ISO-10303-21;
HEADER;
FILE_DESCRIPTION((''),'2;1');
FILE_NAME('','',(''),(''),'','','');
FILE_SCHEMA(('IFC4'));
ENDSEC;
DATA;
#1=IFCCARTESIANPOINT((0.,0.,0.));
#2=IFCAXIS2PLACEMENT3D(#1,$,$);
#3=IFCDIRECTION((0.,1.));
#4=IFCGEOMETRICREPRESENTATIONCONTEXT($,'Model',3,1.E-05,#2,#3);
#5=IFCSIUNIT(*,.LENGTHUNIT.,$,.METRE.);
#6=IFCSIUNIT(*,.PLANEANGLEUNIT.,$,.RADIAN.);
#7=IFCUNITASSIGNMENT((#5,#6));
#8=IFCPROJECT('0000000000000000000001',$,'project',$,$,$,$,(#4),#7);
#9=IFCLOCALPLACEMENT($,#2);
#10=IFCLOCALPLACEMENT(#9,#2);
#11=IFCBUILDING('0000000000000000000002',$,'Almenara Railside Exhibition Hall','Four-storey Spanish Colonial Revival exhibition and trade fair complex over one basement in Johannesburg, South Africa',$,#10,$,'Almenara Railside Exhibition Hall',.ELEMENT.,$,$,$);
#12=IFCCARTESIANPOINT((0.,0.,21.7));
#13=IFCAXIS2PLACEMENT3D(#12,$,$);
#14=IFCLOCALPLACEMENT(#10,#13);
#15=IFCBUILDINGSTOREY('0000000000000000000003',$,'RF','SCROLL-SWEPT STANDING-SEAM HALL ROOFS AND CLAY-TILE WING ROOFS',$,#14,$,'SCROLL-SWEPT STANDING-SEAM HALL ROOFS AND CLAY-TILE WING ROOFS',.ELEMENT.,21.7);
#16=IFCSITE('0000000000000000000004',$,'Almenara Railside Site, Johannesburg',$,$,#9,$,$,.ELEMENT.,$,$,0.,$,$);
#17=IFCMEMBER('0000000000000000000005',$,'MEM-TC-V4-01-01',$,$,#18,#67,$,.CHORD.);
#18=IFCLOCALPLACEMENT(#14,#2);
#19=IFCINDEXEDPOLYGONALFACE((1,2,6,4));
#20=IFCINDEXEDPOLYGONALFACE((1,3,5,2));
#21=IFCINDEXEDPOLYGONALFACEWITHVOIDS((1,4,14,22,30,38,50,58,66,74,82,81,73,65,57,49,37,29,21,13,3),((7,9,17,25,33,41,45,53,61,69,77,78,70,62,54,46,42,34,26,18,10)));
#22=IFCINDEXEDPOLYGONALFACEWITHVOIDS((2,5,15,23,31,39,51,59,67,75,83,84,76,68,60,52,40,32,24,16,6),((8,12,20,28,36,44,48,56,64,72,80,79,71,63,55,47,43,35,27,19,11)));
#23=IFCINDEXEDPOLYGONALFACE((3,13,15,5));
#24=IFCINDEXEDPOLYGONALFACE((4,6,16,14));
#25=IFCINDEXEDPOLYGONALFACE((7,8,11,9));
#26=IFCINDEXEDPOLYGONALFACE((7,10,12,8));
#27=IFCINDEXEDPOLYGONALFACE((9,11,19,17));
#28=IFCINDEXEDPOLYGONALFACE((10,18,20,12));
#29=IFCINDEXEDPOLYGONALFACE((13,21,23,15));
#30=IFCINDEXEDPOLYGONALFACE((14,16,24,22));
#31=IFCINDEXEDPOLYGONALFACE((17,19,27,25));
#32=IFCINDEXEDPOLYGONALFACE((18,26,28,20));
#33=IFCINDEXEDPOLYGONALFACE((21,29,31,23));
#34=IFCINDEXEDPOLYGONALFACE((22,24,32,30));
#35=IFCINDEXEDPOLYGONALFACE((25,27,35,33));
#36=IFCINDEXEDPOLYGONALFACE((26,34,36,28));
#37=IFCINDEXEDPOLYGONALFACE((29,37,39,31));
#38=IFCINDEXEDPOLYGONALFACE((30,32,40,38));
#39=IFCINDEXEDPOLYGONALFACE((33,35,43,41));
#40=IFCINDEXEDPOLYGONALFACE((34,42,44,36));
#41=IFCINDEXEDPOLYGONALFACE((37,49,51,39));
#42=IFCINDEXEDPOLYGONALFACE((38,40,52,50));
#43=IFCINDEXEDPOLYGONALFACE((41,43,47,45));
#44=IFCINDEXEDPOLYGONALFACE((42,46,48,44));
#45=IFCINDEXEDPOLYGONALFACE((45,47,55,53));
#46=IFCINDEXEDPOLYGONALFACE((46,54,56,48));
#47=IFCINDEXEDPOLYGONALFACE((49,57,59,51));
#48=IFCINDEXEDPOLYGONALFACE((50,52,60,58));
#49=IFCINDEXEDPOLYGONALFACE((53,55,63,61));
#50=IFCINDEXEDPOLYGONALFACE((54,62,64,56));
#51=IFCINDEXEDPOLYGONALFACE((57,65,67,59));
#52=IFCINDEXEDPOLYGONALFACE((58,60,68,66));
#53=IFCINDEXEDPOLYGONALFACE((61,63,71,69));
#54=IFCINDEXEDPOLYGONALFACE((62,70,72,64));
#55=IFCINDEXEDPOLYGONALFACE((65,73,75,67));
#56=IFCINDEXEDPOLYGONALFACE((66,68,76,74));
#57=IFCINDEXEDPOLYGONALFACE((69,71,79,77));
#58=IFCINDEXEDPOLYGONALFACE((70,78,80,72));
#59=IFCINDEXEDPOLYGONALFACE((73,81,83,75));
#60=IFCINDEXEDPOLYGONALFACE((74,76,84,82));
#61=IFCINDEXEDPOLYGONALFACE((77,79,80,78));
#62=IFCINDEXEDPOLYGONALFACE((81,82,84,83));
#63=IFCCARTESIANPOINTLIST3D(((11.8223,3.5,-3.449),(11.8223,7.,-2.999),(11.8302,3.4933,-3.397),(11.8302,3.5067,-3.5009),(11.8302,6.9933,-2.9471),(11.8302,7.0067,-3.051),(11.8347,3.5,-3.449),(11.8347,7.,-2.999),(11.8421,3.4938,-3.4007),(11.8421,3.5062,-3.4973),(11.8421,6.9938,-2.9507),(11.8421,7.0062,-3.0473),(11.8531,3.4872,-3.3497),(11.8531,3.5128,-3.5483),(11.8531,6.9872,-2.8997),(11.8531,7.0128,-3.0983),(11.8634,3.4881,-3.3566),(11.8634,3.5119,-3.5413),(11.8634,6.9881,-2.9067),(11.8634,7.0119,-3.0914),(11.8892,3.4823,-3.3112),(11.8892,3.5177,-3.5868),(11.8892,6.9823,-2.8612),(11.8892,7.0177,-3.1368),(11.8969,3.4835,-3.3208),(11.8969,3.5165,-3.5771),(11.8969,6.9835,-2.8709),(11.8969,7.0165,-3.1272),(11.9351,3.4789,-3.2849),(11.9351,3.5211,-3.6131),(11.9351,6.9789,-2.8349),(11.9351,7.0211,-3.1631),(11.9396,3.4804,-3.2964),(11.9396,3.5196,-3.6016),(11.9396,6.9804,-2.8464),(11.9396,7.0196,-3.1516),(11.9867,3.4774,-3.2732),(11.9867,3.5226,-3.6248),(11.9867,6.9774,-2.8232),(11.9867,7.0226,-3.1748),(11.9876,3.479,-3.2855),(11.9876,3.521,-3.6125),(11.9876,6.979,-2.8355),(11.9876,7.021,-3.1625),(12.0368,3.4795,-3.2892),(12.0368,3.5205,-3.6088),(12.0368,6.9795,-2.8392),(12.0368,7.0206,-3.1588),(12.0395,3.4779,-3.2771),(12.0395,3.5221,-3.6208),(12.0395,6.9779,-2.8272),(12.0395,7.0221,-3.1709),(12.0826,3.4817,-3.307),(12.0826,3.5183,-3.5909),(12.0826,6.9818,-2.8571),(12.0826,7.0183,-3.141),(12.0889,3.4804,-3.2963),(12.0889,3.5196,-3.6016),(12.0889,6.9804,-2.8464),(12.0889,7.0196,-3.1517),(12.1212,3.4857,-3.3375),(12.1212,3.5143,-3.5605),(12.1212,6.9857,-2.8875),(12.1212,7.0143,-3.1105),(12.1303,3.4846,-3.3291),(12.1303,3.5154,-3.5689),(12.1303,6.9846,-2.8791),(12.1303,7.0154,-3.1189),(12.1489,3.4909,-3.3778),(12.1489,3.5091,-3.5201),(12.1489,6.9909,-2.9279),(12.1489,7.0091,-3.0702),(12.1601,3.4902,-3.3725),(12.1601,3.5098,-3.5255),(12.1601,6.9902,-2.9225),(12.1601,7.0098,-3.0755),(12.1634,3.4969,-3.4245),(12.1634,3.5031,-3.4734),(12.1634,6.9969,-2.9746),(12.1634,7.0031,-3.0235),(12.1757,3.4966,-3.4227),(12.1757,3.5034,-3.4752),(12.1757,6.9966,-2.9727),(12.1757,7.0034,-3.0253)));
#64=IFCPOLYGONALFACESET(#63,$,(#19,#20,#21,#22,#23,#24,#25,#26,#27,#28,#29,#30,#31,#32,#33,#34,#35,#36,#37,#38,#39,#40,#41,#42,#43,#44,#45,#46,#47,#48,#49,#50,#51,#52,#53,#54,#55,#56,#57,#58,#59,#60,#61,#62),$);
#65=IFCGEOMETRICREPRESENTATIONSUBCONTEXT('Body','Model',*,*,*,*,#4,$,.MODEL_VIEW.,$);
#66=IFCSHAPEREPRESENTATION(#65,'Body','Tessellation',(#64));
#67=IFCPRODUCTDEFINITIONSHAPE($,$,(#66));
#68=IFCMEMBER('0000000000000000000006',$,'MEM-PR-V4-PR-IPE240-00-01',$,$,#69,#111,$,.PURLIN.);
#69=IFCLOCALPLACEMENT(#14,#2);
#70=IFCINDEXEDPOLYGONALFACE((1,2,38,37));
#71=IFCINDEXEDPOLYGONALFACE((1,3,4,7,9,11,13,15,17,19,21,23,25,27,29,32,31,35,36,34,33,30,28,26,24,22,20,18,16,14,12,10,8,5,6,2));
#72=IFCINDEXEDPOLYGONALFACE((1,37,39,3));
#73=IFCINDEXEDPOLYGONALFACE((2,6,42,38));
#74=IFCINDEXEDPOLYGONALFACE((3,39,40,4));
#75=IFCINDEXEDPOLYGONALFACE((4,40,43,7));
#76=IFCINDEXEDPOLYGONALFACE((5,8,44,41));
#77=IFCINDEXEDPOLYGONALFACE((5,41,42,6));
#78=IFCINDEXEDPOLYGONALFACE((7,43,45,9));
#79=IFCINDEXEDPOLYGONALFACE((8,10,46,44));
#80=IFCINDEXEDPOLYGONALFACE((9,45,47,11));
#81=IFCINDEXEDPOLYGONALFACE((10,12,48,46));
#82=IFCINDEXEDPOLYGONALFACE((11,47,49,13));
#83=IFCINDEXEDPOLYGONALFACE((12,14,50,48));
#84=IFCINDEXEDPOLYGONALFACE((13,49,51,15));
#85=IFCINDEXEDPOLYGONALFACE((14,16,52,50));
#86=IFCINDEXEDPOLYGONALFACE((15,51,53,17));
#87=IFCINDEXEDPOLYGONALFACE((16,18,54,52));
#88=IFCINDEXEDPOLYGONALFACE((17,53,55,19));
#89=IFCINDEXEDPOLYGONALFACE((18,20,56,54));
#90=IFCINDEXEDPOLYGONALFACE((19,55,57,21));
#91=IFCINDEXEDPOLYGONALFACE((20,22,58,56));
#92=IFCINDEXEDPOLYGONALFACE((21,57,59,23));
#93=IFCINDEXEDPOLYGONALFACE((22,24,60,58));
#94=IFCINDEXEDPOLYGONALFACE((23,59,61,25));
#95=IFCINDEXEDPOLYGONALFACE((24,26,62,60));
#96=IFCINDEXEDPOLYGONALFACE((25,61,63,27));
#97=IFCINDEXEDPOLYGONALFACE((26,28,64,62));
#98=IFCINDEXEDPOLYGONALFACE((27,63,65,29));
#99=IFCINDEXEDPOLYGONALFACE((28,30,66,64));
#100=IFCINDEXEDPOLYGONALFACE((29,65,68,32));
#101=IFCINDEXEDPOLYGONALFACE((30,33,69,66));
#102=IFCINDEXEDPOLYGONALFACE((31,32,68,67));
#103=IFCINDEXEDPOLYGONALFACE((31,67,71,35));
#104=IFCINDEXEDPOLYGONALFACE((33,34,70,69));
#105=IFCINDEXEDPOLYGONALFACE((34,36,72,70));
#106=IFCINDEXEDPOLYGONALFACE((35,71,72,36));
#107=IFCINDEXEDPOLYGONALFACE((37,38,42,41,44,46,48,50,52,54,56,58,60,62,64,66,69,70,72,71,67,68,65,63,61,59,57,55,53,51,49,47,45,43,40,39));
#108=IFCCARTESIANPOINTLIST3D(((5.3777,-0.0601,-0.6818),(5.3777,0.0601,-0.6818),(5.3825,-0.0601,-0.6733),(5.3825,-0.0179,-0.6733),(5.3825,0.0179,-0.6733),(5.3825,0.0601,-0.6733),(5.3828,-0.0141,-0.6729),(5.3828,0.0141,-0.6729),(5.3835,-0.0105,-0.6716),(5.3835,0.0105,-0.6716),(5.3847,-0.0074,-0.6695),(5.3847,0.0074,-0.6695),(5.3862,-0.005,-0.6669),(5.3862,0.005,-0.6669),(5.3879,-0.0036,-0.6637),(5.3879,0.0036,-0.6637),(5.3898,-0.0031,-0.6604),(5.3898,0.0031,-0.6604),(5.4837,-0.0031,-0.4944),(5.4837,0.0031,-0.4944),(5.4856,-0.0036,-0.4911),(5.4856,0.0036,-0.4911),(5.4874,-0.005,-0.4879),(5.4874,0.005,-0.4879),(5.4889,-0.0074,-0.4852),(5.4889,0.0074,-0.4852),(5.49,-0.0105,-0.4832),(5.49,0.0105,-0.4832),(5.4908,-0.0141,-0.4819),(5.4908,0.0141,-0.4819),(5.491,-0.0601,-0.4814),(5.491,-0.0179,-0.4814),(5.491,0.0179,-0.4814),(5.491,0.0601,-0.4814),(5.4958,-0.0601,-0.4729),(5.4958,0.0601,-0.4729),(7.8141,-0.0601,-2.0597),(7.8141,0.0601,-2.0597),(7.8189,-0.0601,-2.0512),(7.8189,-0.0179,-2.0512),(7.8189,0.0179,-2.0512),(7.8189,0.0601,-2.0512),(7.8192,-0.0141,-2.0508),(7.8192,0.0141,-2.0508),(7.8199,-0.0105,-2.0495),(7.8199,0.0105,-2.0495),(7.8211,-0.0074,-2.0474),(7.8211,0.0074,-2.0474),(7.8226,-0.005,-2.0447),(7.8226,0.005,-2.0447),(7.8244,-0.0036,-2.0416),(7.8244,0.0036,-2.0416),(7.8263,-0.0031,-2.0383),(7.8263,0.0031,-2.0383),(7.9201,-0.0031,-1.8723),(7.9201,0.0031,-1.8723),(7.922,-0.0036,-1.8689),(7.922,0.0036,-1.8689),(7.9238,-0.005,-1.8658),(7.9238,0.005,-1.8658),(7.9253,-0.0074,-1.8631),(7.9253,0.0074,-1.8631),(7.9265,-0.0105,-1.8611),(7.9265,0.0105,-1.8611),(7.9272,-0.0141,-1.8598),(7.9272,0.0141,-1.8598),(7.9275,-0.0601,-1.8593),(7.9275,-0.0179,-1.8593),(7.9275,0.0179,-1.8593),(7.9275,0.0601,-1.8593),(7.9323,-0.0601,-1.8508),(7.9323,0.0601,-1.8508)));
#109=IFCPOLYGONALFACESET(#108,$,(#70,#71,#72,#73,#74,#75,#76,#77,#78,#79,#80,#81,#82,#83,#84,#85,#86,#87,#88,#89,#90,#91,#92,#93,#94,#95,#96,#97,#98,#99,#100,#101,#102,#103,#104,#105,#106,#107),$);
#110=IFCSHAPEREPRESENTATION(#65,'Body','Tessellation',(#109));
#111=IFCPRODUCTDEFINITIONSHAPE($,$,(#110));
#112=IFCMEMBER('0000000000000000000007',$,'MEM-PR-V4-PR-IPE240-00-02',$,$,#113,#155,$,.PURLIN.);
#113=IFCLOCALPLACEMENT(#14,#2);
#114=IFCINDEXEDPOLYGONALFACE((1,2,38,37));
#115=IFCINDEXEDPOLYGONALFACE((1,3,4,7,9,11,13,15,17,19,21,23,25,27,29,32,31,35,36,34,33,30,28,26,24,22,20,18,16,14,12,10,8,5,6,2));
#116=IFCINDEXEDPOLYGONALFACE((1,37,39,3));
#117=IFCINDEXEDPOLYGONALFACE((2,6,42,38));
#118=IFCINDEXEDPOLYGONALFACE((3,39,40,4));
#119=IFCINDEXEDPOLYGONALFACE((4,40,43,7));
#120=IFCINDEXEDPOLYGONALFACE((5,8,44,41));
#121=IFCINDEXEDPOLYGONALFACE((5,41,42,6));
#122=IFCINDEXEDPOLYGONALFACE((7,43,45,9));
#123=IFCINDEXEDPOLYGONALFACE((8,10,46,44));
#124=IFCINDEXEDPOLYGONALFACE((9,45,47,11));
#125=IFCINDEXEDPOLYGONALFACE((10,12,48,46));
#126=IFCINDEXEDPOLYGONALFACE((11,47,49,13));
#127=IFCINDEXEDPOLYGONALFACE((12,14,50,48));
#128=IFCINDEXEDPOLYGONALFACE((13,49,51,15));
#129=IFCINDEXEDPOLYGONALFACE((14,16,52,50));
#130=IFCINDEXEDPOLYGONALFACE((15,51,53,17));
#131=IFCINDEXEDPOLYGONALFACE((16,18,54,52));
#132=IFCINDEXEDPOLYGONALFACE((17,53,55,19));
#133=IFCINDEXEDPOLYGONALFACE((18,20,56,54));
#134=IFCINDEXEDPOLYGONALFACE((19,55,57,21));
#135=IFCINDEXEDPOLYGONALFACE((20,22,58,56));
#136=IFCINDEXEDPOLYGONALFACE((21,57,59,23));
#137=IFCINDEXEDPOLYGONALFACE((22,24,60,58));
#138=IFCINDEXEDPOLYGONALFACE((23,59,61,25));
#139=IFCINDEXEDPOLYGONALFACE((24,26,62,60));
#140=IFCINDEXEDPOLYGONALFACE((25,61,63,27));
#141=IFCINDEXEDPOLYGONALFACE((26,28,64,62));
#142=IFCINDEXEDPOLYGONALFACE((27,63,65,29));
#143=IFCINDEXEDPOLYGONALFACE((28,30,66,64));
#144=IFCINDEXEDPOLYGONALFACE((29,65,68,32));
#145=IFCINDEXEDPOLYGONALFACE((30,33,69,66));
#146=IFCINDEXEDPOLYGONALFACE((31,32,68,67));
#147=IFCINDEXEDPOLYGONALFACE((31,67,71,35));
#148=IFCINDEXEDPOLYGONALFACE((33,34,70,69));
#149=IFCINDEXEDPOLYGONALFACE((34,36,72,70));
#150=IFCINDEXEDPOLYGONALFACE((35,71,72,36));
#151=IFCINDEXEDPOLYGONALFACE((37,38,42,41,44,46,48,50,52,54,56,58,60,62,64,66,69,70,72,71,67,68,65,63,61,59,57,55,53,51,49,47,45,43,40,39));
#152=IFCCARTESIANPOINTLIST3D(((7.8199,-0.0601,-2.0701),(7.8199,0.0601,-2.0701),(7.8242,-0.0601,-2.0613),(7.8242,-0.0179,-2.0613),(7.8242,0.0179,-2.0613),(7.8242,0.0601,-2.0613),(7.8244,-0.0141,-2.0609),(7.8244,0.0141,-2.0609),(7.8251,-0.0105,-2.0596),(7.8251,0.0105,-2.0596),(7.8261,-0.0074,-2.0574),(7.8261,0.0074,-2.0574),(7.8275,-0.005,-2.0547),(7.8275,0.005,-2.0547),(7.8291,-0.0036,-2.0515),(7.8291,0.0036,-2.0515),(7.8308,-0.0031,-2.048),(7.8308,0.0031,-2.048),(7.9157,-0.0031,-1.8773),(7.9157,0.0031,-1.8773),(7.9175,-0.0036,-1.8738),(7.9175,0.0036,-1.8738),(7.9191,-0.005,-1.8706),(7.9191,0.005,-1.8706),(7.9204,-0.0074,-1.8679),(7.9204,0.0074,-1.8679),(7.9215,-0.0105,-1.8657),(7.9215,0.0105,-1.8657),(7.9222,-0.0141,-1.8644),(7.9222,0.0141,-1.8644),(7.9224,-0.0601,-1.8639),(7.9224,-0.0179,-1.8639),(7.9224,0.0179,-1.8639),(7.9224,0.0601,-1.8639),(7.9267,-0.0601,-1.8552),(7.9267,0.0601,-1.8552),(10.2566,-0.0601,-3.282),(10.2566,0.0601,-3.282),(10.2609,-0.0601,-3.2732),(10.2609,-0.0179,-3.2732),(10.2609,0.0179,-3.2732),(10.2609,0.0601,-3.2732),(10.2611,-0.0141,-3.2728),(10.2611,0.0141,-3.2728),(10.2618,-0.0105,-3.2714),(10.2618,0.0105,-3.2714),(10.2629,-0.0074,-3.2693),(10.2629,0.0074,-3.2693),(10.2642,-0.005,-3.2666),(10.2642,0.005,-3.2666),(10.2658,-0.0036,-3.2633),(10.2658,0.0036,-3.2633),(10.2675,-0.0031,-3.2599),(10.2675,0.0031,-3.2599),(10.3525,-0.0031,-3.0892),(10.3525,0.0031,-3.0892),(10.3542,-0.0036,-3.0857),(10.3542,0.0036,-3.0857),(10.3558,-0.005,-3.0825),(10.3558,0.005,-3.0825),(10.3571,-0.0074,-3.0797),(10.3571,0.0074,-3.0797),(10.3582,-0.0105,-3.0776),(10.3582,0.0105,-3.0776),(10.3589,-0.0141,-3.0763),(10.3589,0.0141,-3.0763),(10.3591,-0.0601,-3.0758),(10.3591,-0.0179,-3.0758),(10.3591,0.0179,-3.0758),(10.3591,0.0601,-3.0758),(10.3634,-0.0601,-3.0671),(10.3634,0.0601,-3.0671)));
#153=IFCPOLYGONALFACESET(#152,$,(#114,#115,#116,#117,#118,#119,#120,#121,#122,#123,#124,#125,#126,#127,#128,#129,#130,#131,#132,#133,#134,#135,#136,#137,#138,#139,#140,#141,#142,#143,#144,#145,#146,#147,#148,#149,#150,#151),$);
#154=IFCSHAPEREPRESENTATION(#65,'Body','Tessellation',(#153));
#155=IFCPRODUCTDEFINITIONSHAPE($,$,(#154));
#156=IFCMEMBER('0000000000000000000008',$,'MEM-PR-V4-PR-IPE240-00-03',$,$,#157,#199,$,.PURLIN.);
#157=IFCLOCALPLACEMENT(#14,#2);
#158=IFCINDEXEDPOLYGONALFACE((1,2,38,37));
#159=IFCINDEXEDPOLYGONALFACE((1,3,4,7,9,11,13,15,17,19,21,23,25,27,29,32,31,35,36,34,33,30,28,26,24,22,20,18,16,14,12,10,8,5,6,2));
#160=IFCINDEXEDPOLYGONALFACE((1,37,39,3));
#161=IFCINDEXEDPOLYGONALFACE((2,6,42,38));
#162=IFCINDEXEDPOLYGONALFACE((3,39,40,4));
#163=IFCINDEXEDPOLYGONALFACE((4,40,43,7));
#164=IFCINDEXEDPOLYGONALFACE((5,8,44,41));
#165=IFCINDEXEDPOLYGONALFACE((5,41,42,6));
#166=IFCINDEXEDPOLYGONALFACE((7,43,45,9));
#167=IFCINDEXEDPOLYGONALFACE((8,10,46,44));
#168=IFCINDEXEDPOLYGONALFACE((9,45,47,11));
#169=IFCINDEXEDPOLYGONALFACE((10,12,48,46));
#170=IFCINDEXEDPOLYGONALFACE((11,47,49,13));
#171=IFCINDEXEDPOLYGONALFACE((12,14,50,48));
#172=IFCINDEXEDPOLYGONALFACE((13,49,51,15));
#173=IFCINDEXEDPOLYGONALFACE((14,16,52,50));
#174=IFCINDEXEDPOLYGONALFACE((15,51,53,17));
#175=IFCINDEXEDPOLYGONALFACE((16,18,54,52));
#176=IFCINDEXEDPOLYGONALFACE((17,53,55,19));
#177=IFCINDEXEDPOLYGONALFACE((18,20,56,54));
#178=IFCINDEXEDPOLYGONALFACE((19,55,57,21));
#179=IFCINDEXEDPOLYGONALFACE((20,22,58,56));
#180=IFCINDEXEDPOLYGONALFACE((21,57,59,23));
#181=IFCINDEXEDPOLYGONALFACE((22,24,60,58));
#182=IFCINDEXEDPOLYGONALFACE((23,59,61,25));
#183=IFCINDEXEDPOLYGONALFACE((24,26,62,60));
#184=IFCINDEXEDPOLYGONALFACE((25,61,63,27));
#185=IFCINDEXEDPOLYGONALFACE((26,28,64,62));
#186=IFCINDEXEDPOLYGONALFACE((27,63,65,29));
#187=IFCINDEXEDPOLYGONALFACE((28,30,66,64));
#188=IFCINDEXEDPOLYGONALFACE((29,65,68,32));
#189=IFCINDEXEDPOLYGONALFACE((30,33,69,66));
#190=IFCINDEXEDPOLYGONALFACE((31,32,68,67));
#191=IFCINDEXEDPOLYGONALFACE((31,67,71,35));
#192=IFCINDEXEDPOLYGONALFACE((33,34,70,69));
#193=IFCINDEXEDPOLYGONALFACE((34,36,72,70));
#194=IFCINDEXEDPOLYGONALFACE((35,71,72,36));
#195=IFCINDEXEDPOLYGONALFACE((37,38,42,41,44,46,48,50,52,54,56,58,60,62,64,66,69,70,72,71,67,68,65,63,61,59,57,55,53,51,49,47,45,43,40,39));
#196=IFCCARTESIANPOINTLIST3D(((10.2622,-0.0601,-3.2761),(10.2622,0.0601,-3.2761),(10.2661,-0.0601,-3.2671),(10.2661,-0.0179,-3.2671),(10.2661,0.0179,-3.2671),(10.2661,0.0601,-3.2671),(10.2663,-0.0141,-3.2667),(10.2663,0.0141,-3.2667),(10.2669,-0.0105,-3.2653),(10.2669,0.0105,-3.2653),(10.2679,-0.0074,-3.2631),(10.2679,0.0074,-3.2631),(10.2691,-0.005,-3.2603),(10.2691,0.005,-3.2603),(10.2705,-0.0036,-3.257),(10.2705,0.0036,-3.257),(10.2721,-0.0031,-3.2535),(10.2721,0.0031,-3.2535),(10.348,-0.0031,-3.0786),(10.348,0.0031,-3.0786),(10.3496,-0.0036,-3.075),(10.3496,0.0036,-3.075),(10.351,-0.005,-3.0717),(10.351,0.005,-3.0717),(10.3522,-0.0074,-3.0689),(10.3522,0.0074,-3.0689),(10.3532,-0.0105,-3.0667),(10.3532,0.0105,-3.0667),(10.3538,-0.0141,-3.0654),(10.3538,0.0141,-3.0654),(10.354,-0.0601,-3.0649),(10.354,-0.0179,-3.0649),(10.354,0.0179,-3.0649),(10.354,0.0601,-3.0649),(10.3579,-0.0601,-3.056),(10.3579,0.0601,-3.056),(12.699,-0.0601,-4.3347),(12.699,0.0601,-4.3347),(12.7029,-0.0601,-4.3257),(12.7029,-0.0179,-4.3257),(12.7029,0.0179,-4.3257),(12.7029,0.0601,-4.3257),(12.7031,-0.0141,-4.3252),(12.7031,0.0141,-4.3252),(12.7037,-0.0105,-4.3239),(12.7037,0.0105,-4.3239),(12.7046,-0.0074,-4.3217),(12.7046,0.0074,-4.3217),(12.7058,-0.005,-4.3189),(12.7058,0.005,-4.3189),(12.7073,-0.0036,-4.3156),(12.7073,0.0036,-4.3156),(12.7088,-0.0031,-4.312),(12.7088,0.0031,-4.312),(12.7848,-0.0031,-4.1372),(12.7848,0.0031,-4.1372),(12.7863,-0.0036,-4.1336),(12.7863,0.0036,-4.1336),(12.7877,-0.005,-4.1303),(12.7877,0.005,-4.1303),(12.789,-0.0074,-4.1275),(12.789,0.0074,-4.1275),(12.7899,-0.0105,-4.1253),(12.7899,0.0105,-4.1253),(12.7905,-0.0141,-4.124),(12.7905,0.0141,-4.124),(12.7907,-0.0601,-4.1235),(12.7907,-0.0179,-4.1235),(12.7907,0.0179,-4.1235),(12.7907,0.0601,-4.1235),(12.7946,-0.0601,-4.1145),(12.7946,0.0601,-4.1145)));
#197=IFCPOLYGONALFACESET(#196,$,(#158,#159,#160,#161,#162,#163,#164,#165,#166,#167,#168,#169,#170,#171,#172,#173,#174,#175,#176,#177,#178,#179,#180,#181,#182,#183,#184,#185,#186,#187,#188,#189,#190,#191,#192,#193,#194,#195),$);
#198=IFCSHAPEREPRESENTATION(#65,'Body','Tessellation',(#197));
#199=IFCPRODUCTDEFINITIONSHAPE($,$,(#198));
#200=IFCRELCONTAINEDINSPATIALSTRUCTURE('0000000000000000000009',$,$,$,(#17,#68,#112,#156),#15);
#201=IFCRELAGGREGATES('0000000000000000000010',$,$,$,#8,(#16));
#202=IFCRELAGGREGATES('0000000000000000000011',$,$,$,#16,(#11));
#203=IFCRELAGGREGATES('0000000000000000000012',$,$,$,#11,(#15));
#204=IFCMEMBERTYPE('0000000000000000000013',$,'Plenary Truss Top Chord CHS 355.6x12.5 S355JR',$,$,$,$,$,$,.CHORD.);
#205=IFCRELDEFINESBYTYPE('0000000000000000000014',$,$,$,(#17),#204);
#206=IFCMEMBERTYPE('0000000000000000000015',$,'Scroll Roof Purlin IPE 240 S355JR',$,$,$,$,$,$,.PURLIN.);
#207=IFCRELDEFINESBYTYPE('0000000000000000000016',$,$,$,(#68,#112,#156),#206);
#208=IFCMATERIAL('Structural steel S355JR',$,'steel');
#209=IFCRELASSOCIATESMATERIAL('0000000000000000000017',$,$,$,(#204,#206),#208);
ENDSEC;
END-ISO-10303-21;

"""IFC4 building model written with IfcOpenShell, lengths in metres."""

from ifc_helpers import new_model, si_unit, direction, frame, origin, origin_2d, place, context, subcontext, project, spatial, hollow_circle, i_section, extrude, material, material_profile, profile_set, type_object, element, save


model = new_model("IFC4")

# Units and contexts
model_context = context("Model", 3, precision=1e-05, world=origin(), true_north=direction((0.0, 1.0)))
body_context = subcontext(model_context, "Body", "Model", "MODEL_VIEW")
ifc_project = project(units=[si_unit("LENGTHUNIT", "METRE"), si_unit("PLANEANGLEUNIT", "RADIAN")], contexts=[model_context])

# Site, building, storey
site_placement = place(None, origin())
site = spatial("IfcSite", under=ifc_project, at=site_placement, Name="Almenara Railside Site, Johannesburg", CompositionType="ELEMENT", RefElevation=0.0)
building_placement = place(site_placement, origin())
building = spatial("IfcBuilding", under=site, at=building_placement, Name="Almenara Railside Exhibition Hall", Description="Four-storey Spanish Colonial Revival exhibition and trade fair complex over one basement in Johannesburg, South Africa", LongName="Almenara Railside Exhibition Hall", CompositionType="ELEMENT")
storey_placement = place(building_placement, frame((0.0, 0.0, 21.7)))
storey = spatial("IfcBuildingStorey", under=building, at=storey_placement, Name="RF", Description="SCROLL-SWEPT STANDING-SEAM HALL ROOFS AND CLAY-TILE WING ROOFS", LongName="SCROLL-SWEPT STANDING-SEAM HALL ROOFS AND CLAY-TILE WING ROOFS", CompositionType="ELEMENT", Elevation=21.7)

# Shared definitions
ifc_material = material(Name="Structural steel S355JR", Category="steel")

# Members
ifc_material_profile_1 = material_profile(ifc_material, hollow_circle(Radius=0.1777, WallThickness=0.0125, at=origin_2d()), Name="CHS 355.6x12.5")
ifc_profile_set_1 = profile_set([ifc_material_profile_1], Name="Structural steel S355JR")
member_type_1 = type_object("IfcMemberType", Name="Plenary Truss Top Chord CHS 355.6x12.5 S355JR", PredefinedType="CHORD", material=ifc_profile_set_1)
member_1_placement = place(storey_placement, frame((12.0, 3.5, -3.449), z_axis=(0.0, 0.991838, 0.127508), x_axis=(-1.0, 0.0, 0.0)))
element("IfcMember", 1, at=member_1_placement, inside=storey, type_object=member_type_1, Name="MEM-TC-V4-01-01", PredefinedType="CHORD", context=body_context, shape_type="SweptSolid", body=[
    extrude(hollow_circle(Radius=0.1777, WallThickness=0.0125, at=origin_2d()), origin(), (0.0, 0.0, 1.0), 3.5288),
])
ifc_material_profile_2 = material_profile(ifc_material, i_section(OverallWidth=0.1201, OverallDepth=0.24, WebThickness=0.0061, FlangeThickness=0.0098, FilletRadius=0.0149, at=origin_2d()), Name="IPE 240")
ifc_profile_set_2 = profile_set([ifc_material_profile_2], Name="Structural steel S355JR")
member_type_2 = type_object("IfcMemberType", Name="Scroll Roof Purlin IPE 240 S355JR", PredefinedType="PURLIN", material=ifc_profile_set_2)
member_2_placement = place(storey_placement, frame((5.4368, 0.0, -0.5774), z_axis=(0.870446, 0.0, -0.492264), x_axis=(0.0, 1.0, 0.0)))
element("IfcMember", 2, at=member_2_placement, inside=storey, type_object=member_type_2, Name="MEM-PR-V4-PR-IPE240-00-01", PredefinedType="PURLIN", context=body_context, shape_type="SweptSolid", body=[
    extrude(i_section(OverallWidth=0.1201, OverallDepth=0.24, WebThickness=0.0061, FlangeThickness=0.0098, FilletRadius=0.0149, at=origin_2d()), origin(), (0.0, 0.0, 1.0), 2.7991),
])
member_3_placement = place(storey_placement, frame((7.8733, 0.0, -1.9626), z_axis=(0.895376, 0.0, -0.445311), x_axis=(0.0, 1.0, 0.0)))
element("IfcMember", 3, at=member_3_placement, inside=storey, type_object=member_type_2, Name="MEM-PR-V4-PR-IPE240-00-02", PredefinedType="PURLIN", context=body_context, shape_type="SweptSolid", body=[
    extrude(i_section(OverallWidth=0.1201, OverallDepth=0.24, WebThickness=0.0061, FlangeThickness=0.0098, FilletRadius=0.0149, at=origin_2d()), origin(), (0.0, 0.0, 1.0), 2.7214),
])
member_4_placement = place(storey_placement, frame((10.3101, 0.0, -3.166), z_axis=(0.91719, 0.0, -0.398451), x_axis=(0.0, 1.0, 0.0)))
element("IfcMember", 4, at=member_4_placement, inside=storey, type_object=member_type_2, Name="MEM-PR-V4-PR-IPE240-00-03", PredefinedType="PURLIN", context=body_context, shape_type="SweptSolid", body=[
    extrude(i_section(OverallWidth=0.1201, OverallDepth=0.24, WebThickness=0.0061, FlangeThickness=0.0098, FilletRadius=0.0149, at=origin_2d()), origin(), (0.0, 0.0, 1.0), 2.6567),
])

save(model, "model.ifc")
